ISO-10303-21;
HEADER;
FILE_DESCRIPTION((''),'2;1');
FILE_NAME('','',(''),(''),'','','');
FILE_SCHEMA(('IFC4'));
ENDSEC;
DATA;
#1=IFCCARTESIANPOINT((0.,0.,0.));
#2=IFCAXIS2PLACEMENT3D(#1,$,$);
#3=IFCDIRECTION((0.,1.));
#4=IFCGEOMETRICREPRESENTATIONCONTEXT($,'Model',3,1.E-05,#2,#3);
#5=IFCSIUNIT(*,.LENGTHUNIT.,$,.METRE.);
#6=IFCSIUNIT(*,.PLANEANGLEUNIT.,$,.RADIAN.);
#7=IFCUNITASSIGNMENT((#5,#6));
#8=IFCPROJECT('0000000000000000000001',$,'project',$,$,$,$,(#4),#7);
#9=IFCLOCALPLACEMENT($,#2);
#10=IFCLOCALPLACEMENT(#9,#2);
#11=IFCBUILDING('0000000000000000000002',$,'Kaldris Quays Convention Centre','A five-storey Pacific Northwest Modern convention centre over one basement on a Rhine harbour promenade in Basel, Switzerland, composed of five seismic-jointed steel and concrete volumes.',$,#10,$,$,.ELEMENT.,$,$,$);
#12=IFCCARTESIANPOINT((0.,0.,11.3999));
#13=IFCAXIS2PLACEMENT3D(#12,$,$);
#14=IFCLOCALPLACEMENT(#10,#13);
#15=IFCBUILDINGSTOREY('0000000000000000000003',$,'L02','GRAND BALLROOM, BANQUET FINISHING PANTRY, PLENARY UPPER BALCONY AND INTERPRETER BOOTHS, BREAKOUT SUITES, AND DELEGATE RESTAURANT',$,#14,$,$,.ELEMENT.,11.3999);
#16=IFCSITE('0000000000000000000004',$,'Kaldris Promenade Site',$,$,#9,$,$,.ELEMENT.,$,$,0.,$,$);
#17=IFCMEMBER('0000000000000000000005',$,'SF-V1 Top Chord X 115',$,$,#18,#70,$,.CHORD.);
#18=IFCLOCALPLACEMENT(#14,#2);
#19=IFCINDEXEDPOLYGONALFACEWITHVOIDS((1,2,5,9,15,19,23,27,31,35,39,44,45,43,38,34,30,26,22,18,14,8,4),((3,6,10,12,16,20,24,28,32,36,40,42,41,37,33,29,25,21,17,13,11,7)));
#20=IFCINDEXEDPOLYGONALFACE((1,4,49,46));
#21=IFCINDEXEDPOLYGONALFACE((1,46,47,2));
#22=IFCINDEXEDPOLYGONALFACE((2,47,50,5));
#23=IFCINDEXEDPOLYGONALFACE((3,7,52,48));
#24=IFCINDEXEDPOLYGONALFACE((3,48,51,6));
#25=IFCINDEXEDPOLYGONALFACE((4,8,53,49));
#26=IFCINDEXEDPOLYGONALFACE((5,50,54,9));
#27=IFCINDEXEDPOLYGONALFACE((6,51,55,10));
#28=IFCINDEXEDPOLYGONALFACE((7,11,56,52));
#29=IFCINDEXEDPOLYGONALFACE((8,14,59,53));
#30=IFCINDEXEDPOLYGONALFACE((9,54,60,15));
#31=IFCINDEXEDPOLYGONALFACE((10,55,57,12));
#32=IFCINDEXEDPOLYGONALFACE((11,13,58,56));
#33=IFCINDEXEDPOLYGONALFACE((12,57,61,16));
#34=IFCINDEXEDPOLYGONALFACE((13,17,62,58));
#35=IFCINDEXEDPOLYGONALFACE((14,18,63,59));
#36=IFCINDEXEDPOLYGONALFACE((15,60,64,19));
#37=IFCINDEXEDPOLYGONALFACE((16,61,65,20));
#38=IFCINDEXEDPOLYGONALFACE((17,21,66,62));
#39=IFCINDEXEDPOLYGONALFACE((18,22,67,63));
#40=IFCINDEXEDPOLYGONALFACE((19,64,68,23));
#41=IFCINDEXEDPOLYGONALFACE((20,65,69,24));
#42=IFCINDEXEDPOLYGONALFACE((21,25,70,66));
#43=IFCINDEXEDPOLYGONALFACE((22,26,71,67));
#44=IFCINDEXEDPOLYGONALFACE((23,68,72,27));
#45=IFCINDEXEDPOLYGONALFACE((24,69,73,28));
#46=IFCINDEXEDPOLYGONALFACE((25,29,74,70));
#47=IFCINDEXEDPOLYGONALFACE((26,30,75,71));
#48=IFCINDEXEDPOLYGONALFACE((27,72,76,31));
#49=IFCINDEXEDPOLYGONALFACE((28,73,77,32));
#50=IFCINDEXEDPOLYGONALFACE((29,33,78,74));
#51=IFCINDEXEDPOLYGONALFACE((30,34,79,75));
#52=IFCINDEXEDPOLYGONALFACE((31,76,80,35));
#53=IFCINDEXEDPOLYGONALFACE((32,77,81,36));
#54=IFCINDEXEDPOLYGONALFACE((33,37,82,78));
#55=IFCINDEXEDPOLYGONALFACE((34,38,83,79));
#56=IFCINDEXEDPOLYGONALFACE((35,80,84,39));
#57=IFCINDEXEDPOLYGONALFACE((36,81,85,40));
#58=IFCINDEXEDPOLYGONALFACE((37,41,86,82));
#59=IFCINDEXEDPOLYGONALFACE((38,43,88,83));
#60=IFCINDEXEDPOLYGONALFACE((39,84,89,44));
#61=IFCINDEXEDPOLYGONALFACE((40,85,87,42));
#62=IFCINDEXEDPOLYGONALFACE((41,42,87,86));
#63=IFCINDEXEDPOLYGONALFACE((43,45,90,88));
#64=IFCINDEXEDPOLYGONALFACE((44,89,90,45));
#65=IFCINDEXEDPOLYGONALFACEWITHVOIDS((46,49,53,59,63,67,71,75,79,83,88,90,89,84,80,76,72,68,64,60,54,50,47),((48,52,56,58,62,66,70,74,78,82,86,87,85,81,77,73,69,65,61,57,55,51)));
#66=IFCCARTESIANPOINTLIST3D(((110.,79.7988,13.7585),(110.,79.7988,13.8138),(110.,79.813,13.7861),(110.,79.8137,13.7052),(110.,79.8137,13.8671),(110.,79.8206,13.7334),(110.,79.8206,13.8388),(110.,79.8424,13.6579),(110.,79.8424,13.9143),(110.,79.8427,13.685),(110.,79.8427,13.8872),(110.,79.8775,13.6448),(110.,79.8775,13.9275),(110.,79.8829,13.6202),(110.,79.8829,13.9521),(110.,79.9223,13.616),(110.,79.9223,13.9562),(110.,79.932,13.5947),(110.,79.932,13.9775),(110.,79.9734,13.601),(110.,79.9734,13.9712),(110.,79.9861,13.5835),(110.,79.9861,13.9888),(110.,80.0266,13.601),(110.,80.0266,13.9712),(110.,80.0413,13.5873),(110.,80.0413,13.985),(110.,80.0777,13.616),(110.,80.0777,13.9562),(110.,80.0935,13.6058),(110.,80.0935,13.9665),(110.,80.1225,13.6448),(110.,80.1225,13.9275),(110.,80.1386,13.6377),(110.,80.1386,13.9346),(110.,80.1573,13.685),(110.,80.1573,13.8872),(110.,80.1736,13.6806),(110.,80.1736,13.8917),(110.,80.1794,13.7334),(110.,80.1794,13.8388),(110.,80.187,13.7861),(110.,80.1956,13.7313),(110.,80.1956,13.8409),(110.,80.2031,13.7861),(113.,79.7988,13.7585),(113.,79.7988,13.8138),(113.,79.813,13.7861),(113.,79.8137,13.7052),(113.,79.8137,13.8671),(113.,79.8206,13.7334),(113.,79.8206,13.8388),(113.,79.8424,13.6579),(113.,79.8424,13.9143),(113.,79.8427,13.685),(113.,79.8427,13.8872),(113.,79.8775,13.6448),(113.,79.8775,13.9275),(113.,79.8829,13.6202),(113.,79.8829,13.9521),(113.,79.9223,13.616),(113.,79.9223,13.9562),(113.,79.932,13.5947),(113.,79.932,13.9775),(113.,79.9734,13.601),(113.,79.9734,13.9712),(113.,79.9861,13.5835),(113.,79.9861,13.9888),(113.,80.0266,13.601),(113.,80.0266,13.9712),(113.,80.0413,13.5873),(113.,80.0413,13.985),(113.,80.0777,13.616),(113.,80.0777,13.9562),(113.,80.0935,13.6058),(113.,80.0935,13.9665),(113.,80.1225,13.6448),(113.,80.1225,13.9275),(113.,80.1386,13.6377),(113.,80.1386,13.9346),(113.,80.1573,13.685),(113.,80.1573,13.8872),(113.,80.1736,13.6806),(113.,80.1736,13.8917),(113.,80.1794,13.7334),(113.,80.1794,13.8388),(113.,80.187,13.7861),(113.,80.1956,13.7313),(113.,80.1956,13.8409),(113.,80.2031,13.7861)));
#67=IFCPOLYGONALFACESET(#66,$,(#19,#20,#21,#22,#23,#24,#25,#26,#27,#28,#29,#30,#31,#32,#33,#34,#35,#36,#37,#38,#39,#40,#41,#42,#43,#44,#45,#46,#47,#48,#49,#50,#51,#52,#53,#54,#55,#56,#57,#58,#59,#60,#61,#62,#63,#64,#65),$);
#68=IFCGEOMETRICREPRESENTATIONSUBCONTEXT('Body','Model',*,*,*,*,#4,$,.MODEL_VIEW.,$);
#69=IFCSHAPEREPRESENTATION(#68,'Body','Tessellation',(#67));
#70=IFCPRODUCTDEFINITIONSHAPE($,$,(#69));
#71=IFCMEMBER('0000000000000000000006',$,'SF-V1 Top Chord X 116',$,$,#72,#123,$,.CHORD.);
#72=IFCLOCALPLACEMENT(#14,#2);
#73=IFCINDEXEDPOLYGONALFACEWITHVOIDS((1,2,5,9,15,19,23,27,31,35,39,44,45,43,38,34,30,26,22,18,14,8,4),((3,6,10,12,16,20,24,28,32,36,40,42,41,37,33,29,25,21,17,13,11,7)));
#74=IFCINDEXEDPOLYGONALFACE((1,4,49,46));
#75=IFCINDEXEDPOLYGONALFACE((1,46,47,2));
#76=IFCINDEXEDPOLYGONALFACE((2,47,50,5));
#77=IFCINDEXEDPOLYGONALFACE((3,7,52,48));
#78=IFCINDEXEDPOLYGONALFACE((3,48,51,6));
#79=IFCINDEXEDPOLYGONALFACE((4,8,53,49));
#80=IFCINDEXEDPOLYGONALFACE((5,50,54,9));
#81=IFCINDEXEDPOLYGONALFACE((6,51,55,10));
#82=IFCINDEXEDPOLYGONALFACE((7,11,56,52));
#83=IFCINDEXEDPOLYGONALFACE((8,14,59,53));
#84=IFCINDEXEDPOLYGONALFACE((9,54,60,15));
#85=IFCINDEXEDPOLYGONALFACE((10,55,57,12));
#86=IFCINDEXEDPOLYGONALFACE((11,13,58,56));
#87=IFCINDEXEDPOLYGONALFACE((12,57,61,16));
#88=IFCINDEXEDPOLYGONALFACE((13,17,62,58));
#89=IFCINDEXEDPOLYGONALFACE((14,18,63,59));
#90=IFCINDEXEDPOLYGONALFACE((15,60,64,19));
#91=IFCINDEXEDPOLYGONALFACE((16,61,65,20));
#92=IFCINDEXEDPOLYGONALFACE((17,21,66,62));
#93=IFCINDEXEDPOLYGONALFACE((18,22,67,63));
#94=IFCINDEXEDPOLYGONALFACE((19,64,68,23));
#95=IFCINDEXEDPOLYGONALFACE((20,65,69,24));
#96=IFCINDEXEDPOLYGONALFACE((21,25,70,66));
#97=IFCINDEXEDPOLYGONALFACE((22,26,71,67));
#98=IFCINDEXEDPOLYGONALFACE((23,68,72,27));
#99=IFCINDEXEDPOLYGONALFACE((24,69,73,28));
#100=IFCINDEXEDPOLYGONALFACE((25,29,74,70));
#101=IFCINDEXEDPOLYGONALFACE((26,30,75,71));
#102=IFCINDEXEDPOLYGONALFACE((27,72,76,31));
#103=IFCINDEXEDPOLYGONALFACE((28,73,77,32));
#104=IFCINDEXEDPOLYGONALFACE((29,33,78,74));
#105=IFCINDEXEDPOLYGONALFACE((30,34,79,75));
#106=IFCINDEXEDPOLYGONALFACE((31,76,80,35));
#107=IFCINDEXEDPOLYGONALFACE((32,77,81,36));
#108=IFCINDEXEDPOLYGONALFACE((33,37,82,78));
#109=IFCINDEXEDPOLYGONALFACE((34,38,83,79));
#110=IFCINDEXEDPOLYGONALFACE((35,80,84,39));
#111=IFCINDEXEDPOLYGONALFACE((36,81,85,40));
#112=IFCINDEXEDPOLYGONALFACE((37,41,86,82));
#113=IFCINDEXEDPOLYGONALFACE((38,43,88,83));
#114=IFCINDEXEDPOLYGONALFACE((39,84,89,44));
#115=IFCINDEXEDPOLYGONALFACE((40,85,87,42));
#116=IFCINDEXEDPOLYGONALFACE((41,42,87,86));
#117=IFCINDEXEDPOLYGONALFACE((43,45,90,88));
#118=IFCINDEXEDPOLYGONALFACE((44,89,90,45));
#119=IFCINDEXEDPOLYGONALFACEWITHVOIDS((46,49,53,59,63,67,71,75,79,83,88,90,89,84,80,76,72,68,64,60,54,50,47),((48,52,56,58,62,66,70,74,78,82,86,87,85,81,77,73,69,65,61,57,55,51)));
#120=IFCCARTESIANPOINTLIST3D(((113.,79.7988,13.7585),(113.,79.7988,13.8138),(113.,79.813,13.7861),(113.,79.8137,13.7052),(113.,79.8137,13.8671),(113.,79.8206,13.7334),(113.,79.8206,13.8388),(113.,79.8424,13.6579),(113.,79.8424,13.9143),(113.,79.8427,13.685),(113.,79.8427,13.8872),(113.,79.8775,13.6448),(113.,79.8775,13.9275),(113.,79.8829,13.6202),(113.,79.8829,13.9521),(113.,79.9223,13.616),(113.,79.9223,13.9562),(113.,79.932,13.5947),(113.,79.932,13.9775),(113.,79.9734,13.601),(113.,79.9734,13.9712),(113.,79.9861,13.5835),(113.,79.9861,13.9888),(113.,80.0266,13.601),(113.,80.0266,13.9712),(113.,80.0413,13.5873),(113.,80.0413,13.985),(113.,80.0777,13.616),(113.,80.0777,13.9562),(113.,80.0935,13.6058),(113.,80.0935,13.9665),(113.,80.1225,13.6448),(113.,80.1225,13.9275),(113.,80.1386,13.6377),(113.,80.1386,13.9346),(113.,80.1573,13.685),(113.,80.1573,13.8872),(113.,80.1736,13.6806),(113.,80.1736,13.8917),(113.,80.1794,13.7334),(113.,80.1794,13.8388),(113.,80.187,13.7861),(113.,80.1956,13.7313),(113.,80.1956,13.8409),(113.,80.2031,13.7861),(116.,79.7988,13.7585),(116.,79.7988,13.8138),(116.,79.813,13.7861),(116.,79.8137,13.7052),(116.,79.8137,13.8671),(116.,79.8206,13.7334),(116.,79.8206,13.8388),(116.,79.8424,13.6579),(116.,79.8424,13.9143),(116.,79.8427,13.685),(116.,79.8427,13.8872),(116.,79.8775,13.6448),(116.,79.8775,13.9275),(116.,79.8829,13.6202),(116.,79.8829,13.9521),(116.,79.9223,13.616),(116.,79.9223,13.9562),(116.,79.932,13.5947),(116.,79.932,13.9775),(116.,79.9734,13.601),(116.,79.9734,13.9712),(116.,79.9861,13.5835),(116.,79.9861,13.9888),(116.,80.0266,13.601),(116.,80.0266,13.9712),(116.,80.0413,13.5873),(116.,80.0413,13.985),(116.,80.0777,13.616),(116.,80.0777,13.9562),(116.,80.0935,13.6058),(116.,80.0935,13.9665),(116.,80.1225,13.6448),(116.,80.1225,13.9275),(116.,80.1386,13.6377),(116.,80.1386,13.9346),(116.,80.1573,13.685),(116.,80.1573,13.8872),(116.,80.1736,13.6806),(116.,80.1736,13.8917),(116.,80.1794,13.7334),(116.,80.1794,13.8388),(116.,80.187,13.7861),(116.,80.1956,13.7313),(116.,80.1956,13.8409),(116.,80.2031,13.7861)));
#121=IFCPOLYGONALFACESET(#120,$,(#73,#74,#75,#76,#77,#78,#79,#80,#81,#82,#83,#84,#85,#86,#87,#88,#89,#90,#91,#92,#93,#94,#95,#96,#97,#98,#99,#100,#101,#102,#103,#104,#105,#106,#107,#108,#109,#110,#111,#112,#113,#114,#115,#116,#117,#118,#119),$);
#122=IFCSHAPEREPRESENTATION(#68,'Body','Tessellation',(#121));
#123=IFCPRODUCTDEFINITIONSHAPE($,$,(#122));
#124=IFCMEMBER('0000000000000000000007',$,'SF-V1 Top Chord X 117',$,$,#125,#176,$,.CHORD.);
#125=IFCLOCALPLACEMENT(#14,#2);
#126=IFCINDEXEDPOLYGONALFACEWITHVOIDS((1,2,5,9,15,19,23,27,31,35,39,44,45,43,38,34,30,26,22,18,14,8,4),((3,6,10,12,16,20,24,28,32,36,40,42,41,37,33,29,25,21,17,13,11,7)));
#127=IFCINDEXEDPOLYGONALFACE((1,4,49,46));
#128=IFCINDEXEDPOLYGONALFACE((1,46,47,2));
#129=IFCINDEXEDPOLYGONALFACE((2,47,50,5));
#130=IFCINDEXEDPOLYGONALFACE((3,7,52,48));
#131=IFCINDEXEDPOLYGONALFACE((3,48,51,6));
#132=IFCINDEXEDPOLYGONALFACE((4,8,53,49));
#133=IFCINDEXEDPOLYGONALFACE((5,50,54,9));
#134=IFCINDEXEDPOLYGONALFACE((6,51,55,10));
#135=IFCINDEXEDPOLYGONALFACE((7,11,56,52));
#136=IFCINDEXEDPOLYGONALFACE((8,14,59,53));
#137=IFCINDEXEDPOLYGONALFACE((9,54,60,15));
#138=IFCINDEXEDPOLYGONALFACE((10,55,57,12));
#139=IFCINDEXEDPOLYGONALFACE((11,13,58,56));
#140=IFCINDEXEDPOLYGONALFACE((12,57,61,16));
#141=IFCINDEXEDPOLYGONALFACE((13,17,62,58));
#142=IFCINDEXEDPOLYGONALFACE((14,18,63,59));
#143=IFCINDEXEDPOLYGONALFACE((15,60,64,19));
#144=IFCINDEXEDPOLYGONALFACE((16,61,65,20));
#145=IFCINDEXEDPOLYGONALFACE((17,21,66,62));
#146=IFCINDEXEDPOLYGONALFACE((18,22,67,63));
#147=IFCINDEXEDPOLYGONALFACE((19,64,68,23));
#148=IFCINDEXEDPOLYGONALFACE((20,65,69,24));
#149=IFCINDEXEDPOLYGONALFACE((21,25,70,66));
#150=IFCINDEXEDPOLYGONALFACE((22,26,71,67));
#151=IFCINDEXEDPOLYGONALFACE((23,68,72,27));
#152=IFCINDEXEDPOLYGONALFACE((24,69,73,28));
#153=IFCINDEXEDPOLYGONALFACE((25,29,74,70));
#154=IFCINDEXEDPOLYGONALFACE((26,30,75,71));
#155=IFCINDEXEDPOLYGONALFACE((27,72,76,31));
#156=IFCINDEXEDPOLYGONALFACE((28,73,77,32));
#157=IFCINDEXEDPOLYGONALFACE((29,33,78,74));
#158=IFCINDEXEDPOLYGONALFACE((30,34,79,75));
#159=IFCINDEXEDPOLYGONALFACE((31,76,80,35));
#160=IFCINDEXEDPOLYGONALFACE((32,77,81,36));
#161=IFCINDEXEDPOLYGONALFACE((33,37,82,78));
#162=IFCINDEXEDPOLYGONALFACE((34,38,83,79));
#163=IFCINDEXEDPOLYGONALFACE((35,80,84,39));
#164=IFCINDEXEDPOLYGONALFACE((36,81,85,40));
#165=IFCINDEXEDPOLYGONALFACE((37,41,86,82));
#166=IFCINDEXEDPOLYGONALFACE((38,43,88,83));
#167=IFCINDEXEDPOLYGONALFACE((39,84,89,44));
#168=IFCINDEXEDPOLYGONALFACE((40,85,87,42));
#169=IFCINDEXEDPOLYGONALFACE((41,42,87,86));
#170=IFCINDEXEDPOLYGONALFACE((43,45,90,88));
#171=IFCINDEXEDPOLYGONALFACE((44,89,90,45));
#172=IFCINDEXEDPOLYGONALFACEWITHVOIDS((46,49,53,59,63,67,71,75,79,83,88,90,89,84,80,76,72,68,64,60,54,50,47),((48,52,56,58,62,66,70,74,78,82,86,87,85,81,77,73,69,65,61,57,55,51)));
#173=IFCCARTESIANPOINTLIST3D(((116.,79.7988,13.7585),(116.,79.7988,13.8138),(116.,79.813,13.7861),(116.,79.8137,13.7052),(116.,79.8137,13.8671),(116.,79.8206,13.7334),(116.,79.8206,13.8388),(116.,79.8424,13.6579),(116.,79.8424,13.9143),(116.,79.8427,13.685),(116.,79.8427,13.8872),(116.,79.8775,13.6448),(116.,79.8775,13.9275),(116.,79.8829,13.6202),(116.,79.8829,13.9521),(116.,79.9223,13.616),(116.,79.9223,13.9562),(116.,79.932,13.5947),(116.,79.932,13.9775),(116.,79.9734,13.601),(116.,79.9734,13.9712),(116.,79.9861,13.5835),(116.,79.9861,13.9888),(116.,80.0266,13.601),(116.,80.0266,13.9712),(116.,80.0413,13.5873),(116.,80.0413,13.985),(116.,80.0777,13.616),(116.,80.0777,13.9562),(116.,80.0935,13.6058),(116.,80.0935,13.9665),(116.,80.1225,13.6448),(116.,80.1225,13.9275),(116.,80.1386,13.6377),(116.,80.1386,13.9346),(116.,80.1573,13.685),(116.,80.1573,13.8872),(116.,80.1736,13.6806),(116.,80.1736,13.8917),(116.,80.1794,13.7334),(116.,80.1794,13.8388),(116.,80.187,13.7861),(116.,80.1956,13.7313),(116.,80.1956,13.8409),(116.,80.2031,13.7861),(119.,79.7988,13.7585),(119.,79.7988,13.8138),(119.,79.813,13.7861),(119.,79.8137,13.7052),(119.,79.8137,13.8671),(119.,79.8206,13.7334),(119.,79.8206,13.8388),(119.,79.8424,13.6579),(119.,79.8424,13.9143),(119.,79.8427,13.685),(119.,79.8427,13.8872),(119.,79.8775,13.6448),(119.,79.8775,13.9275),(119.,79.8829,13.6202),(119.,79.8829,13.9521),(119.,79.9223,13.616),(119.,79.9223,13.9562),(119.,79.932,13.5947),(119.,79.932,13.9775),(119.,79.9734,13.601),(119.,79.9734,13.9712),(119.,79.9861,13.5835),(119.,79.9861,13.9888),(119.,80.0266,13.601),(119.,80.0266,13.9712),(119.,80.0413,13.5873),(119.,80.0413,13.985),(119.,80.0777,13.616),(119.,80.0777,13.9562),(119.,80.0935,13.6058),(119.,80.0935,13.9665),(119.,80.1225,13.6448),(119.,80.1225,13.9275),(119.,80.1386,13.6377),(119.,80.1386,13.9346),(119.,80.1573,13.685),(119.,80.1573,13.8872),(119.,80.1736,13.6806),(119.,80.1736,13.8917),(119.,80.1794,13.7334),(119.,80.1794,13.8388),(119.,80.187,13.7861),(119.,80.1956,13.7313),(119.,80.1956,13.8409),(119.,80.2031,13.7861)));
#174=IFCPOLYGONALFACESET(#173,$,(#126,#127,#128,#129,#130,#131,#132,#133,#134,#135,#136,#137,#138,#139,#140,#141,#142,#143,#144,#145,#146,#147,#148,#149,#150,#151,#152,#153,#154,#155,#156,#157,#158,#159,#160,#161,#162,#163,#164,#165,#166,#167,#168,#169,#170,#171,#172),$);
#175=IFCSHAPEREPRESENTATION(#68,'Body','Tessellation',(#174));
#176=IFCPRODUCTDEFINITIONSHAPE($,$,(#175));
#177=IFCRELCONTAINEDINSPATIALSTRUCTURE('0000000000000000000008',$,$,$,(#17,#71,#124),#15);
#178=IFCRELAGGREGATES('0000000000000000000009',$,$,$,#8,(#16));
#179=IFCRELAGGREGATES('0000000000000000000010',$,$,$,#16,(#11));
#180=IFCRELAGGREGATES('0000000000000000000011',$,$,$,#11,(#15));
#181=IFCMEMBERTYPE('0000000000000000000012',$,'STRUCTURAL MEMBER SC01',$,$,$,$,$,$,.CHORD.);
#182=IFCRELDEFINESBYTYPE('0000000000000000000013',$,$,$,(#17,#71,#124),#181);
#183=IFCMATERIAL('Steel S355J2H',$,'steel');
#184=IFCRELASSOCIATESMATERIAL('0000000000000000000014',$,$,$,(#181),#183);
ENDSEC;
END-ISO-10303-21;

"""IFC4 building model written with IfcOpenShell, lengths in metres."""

from ifc_helpers import new_model, si_unit, direction, frame, origin, origin_2d, place, context, subcontext, project, spatial, hollow_circle, extrude, material, material_profile, profile_set, type_object, element, save


model = new_model("IFC4")

# Units and contexts
model_context = context("Model", 3, precision=1e-05, world=origin(), true_north=direction((0.0, 1.0)))
body_context = subcontext(model_context, "Body", "Model", "MODEL_VIEW")
ifc_project = project(units=[si_unit("LENGTHUNIT", "METRE"), si_unit("PLANEANGLEUNIT", "RADIAN")], contexts=[model_context])

# Site, building, storey
site_placement = place(None, origin())
site = spatial("IfcSite", under=ifc_project, at=site_placement, Name="Kaldris Promenade Site", CompositionType="ELEMENT", RefElevation=0.0)
building_placement = place(site_placement, origin())
building = spatial("IfcBuilding", under=site, at=building_placement, Name="Kaldris Quays Convention Centre", Description="A five-storey Pacific Northwest Modern convention centre over one basement on a Rhine harbour promenade in Basel, Switzerland, composed of five seismic-jointed steel and concrete volumes.", CompositionType="ELEMENT")
storey_placement = place(building_placement, frame((0.0, 0.0, 11.3999)))
storey = spatial("IfcBuildingStorey", under=building, at=storey_placement, Name="L02", Description="GRAND BALLROOM, BANQUET FINISHING PANTRY, PLENARY UPPER BALCONY AND INTERPRETER BOOTHS, BREAKOUT SUITES, AND DELEGATE RESTAURANT", CompositionType="ELEMENT", Elevation=11.3999)

# Members
ifc_material_1 = material(Name="Steel S355J2H", Category="steel")
ifc_material_profile_1 = material_profile(ifc_material_1, hollow_circle(Radius=0.2031, WallThickness=0.0161, at=origin_2d()), Name="CHS 406.4x16")
ifc_profile_set_1 = profile_set([ifc_material_profile_1], Name="Steel S355J2H")
member_type_1 = type_object("IfcMemberType", Name="STRUCTURAL MEMBER SC01", PredefinedType="CHORD", material=ifc_profile_set_1)
for number, where, z_axis, x_axis, name in (
    (1, (110.0, 80.0, 13.7861), (1.0, 0.0, 0.0), (0.0, 1.0, 0.0), "SF-V1 Top Chord X 115"),
    (2, (113.0, 80.0, 13.7861), (1.0, 0.0, 0.0), (0.0, 1.0, 0.0), "SF-V1 Top Chord X 116"),
    (3, (116.0, 80.0, 13.7861), (1.0, 0.0, 0.0), (0.0, 1.0, 0.0), "SF-V1 Top Chord X 117"),
):
    element("IfcMember", number, at=place(storey_placement, frame(where, z_axis=z_axis, x_axis=x_axis)), inside=storey, type_object=member_type_1, Name=name, PredefinedType="CHORD", context=body_context, shape_type="SweptSolid", body=[
        extrude(hollow_circle(Radius=0.2031, WallThickness=0.0161, at=origin_2d()), origin(), (0.0, 0.0, 1.0), 3.0),
    ])

save(model, "model.ifc")
